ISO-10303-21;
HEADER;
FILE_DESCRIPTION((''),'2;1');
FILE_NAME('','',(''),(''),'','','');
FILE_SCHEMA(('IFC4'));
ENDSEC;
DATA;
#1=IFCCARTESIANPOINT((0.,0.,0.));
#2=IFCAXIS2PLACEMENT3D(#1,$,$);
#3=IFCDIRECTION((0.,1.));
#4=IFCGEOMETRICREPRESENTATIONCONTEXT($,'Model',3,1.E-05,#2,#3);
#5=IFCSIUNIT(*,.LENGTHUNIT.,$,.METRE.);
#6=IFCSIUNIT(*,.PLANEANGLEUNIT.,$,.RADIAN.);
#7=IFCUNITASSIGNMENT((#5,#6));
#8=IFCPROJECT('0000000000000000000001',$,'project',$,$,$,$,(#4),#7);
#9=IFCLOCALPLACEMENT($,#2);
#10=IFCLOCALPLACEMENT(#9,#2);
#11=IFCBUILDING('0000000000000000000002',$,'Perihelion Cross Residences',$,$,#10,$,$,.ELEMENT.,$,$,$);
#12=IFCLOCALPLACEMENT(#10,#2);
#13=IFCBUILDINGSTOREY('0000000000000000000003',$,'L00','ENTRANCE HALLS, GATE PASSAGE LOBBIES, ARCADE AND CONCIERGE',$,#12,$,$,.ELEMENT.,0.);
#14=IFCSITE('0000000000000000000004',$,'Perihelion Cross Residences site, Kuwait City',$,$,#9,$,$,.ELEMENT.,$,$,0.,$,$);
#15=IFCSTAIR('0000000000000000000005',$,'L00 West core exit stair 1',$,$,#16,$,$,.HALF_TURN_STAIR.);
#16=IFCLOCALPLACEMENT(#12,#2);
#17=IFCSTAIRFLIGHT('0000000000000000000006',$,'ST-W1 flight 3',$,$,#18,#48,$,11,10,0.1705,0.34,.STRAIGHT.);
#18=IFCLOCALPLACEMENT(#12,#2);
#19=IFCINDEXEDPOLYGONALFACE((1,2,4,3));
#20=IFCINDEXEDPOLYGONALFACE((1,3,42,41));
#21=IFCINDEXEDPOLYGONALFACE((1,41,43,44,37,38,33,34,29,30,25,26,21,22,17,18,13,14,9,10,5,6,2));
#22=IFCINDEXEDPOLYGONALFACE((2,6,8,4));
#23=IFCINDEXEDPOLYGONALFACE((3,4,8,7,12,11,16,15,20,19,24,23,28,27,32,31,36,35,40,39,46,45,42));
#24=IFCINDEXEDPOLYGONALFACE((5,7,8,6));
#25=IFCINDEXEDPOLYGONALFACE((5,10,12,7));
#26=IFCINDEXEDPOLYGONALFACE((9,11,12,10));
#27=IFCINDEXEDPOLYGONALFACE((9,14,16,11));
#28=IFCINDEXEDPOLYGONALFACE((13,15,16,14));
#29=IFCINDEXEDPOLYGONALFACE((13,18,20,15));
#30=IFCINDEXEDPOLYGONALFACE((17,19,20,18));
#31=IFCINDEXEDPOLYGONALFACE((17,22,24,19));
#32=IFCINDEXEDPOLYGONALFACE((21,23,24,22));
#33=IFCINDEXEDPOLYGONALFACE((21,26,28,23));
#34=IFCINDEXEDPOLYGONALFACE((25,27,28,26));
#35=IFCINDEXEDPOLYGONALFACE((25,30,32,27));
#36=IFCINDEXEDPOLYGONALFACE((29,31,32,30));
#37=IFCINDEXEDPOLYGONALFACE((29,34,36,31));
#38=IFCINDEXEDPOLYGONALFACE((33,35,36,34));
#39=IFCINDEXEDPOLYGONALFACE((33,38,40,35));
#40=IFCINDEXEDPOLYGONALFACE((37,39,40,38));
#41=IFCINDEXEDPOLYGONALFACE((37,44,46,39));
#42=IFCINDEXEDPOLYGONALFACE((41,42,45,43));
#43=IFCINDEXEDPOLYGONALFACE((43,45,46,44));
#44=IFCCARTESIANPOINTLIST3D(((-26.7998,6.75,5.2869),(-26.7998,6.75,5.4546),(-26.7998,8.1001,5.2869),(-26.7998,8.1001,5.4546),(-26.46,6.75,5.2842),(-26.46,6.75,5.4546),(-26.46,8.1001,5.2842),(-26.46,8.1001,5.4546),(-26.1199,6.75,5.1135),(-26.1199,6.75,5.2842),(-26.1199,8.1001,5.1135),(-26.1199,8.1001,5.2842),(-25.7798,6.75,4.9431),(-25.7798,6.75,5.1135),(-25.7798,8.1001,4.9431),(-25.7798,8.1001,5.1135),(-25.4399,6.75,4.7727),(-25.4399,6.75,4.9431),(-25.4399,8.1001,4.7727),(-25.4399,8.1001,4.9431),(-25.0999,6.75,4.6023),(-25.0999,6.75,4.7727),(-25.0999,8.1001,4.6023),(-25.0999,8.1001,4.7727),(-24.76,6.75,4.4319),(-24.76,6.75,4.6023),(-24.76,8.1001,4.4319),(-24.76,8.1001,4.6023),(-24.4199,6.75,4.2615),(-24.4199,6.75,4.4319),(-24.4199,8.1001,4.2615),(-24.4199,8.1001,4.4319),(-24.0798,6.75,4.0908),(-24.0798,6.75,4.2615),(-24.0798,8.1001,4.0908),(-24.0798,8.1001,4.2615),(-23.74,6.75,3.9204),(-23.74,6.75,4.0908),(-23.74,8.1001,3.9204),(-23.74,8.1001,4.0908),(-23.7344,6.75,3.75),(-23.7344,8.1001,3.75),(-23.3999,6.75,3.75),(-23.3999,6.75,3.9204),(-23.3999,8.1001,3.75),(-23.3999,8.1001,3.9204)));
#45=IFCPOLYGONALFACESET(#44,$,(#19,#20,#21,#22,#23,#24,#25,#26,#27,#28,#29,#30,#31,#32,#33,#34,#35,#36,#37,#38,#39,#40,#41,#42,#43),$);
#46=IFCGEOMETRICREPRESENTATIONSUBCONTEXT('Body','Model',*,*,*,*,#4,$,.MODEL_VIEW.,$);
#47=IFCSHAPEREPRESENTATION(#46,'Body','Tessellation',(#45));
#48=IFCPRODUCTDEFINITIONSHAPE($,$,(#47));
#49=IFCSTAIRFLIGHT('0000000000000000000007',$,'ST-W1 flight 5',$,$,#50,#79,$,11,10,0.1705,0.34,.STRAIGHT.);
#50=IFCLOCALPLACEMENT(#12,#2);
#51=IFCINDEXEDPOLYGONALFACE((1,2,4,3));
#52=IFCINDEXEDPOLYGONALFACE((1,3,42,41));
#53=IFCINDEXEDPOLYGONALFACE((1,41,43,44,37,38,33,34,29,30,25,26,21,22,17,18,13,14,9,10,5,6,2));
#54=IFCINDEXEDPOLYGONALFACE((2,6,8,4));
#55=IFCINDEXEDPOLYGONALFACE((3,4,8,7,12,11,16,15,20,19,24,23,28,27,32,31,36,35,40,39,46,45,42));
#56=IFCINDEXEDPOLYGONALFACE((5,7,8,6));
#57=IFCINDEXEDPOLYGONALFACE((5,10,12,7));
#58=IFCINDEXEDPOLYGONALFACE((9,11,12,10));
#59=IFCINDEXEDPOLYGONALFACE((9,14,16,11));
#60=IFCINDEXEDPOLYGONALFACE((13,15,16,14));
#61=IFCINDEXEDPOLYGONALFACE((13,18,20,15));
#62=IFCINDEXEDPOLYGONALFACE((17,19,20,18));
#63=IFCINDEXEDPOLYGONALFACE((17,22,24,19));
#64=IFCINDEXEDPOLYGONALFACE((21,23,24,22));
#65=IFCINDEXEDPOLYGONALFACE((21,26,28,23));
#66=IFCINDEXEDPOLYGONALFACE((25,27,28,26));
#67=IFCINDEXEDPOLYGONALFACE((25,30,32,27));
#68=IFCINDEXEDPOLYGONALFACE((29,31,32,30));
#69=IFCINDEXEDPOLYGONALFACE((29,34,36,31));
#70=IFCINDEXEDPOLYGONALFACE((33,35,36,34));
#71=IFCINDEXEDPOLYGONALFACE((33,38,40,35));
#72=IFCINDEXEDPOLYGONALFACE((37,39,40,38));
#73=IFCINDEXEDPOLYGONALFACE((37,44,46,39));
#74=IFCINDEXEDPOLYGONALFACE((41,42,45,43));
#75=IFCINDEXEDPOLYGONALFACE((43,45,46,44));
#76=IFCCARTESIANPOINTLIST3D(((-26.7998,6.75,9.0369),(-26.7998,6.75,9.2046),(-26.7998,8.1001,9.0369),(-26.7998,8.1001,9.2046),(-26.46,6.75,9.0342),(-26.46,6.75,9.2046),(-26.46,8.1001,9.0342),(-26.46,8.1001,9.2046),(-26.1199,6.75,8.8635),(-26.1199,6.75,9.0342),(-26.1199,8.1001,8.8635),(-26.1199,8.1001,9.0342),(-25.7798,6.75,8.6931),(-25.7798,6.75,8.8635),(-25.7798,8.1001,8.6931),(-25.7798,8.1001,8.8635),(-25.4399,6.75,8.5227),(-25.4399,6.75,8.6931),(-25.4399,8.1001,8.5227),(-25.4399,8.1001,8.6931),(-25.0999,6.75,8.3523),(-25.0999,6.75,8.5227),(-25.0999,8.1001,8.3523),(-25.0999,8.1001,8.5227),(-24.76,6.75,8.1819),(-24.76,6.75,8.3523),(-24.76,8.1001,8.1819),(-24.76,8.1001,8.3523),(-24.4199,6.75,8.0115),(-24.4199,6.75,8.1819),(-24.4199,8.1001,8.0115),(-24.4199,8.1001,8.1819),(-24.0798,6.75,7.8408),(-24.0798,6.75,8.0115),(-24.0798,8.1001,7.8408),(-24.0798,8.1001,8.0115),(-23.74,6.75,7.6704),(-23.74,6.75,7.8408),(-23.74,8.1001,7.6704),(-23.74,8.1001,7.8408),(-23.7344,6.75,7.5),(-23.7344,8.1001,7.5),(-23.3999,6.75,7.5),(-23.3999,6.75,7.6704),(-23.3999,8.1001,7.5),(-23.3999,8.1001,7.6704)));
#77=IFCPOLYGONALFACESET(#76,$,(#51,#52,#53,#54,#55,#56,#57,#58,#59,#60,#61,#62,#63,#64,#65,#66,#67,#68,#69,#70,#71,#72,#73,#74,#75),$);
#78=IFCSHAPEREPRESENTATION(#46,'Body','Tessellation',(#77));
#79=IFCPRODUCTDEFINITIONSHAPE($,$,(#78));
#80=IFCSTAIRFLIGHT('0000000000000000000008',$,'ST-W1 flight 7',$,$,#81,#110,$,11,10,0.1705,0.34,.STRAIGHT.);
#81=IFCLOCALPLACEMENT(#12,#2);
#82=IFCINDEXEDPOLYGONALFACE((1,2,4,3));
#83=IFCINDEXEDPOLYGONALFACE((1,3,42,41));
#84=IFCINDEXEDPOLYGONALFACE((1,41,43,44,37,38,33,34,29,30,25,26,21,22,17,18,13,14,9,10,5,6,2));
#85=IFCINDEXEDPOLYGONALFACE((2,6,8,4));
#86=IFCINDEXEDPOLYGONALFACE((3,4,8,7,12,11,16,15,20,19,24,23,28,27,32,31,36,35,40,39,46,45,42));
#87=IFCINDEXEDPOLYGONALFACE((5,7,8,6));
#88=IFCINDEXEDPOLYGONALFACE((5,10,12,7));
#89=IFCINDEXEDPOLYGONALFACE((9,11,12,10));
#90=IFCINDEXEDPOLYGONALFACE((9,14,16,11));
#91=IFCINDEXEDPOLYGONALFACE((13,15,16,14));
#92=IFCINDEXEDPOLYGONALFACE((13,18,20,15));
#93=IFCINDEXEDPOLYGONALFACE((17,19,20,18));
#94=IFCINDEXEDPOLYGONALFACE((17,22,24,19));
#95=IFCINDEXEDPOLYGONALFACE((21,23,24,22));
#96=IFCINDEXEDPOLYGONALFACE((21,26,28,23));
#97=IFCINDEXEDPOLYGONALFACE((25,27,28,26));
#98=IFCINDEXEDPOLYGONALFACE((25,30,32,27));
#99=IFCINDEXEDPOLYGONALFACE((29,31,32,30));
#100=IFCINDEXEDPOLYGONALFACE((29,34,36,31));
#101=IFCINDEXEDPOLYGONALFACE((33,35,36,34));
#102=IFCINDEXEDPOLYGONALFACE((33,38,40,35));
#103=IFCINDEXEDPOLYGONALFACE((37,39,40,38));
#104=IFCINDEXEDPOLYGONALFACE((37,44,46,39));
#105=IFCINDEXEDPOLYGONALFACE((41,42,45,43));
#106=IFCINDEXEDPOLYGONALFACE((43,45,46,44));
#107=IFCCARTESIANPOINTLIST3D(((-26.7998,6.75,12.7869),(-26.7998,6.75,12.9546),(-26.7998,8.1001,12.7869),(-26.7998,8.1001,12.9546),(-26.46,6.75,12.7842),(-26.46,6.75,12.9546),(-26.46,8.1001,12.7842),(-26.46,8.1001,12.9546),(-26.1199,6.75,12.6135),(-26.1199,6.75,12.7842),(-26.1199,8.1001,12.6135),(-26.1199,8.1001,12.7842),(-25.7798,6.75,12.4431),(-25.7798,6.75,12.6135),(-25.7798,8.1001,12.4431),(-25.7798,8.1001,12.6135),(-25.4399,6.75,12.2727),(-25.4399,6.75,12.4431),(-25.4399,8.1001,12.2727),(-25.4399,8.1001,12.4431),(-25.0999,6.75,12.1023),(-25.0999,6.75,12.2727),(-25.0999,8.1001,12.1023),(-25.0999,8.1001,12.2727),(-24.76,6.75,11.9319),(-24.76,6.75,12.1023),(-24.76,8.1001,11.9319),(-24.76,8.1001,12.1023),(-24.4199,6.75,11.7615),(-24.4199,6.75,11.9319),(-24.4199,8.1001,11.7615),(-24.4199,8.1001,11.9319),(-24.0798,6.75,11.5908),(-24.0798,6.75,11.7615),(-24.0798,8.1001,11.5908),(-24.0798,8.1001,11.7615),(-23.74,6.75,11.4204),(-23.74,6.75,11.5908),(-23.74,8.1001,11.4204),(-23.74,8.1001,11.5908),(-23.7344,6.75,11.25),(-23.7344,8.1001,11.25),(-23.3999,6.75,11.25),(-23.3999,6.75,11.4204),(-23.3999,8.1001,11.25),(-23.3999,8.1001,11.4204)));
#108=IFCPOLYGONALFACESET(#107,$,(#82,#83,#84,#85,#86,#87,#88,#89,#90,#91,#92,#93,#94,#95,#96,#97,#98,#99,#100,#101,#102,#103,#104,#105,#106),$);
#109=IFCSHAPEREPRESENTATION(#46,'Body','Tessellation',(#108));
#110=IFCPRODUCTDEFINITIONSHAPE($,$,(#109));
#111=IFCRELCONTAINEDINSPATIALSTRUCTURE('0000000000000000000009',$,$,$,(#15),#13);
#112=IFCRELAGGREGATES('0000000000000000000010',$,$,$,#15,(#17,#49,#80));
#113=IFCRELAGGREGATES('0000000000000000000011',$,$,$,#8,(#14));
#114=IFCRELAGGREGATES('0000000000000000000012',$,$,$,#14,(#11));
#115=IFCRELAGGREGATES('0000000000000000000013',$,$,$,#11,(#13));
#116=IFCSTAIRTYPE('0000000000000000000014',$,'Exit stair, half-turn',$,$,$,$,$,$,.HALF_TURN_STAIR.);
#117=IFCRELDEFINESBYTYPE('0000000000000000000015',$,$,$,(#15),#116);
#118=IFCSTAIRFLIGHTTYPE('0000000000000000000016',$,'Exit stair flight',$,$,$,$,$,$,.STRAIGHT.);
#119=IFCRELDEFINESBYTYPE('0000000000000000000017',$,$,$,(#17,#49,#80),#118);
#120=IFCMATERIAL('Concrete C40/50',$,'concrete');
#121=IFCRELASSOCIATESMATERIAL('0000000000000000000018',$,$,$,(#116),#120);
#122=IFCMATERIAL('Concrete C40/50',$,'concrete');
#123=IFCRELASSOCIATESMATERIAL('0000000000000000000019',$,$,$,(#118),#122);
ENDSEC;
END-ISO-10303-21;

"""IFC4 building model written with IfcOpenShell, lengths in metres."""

from ifc_helpers import new_model, si_unit, direction, frame, origin, place, context, subcontext, project, spatial, polyline, outline, extrude, material, type_object, element, aggregate, save


model = new_model("IFC4")

# Units and contexts
model_context = context("Model", 3, precision=1e-05, world=origin(), true_north=direction((0.0, 1.0)))
body_context = subcontext(model_context, "Body", "Model", "MODEL_VIEW")
ifc_project = project(units=[si_unit("LENGTHUNIT", "METRE"), si_unit("PLANEANGLEUNIT", "RADIAN")], contexts=[model_context])

# Site, building, storey
site_placement = place(None, origin())
site = spatial("IfcSite", under=ifc_project, at=site_placement, Name="Perihelion Cross Residences site, Kuwait City", CompositionType="ELEMENT", RefElevation=0.0)
building_placement = place(site_placement, origin())
building = spatial("IfcBuilding", under=site, at=building_placement, Name="Perihelion Cross Residences", CompositionType="ELEMENT")
storey_placement = place(building_placement, origin())
storey = spatial("IfcBuildingStorey", under=building, at=storey_placement, Name="L00", Description="ENTRANCE HALLS, GATE PASSAGE LOBBIES, ARCADE AND CONCIERGE", CompositionType="ELEMENT", Elevation=0.0)

# Stair, stair flights
ifc_material_1 = material(Name="Concrete C40/50", Category="concrete")
stair_type = type_object("IfcStairType", Name="Exit stair, half-turn", PredefinedType="HALF_TURN_STAIR", material=ifc_material_1)
stair_placement = place(storey_placement, origin())
stair = element("IfcStair", 1, at=stair_placement, inside=storey, type_object=stair_type, Name="L00 West core exit stair 1", PredefinedType="HALF_TURN_STAIR")
ifc_material_2 = material(Name="Concrete C40/50", Category="concrete")
stair_flight_type = type_object("IfcStairFlightType", Name="Exit stair flight", PredefinedType="STRAIGHT", material=ifc_material_2)
stair_flight_1_placement = place(storey_placement, frame((-23.3999, 7.425, 3.75), z_axis=(0.0, 0.0, 1.0), x_axis=(-1.0, 0.0, 0.0)))
stair_flight_1 = element("IfcStairFlight", 2, at=stair_flight_1_placement, type_object=stair_flight_type, Name="ST-W1 flight 3", NumberOfRisers=11, NumberOfTreads=10, PredefinedType="STRAIGHT", RiserHeight=0.1705, TreadLength=0.34, context=body_context, shape_type="SweptSolid", body=[
    extrude(outline(polyline([(0.0, 0.0), (0.0, 0.1704), (0.3401, 0.1704), (0.3401, 0.3408), (0.6799, 0.3408), (0.6799, 0.5115), (1.02, 0.5115), (1.02, 0.6819), (1.3601, 0.6819), (1.3601, 0.8523), (1.7, 0.8523), (1.7, 1.0227), (2.04, 1.0227), (2.04, 1.1931), (2.3799, 1.1931), (2.3799, 1.3635), (2.72, 1.3635), (2.72, 1.5342), (3.0601, 1.5342), (3.0601, 1.7046), (3.3999, 1.7046), (3.3999, 1.875), (3.3999, 1.5369), (0.3345, 0.0), (0.0, 0.0)])), frame((0.0, 0.675, 0.0), z_axis=(0.0, -1.0, 0.0), x_axis=(1.0, 0.0, 0.0)), (0.0, 0.0, 1.0), 1.3501),
])
stair_flight_2_placement = place(storey_placement, frame((-23.3999, 7.425, 7.5), z_axis=(0.0, 0.0, 1.0), x_axis=(-1.0, 0.0, 0.0)))
stair_flight_2 = element("IfcStairFlight", 3, at=stair_flight_2_placement, type_object=stair_flight_type, Name="ST-W1 flight 5", NumberOfRisers=11, NumberOfTreads=10, PredefinedType="STRAIGHT", RiserHeight=0.1705, TreadLength=0.34, context=body_context, shape_type="SweptSolid", body=[
    extrude(outline(polyline([(0.0, 0.0), (0.0, 0.1704), (0.3401, 0.1704), (0.3401, 0.3408), (0.6799, 0.3408), (0.6799, 0.5115), (1.02, 0.5115), (1.02, 0.6819), (1.3601, 0.6819), (1.3601, 0.8523), (1.7, 0.8523), (1.7, 1.0227), (2.04, 1.0227), (2.04, 1.1931), (2.3799, 1.1931), (2.3799, 1.3635), (2.72, 1.3635), (2.72, 1.5342), (3.0601, 1.5342), (3.0601, 1.7046), (3.3999, 1.7046), (3.3999, 1.875), (3.3999, 1.5369), (0.3345, 0.0), (0.0, 0.0)])), frame((0.0, 0.675, 0.0), z_axis=(0.0, -1.0, 0.0), x_axis=(1.0, 0.0, 0.0)), (0.0, 0.0, 1.0), 1.3501),
])
stair_flight_3_placement = place(storey_placement, frame((-23.3999, 7.425, 11.25), z_axis=(0.0, 0.0, 1.0), x_axis=(-1.0, 0.0, 0.0)))
stair_flight_3 = element("IfcStairFlight", 4, at=stair_flight_3_placement, type_object=stair_flight_type, Name="ST-W1 flight 7", NumberOfRisers=11, NumberOfTreads=10, PredefinedType="STRAIGHT", RiserHeight=0.1705, TreadLength=0.34, context=body_context, shape_type="SweptSolid", body=[
    extrude(outline(polyline([(0.0, 0.0), (0.0, 0.1704), (0.3401, 0.1704), (0.3401, 0.3408), (0.6799, 0.3408), (0.6799, 0.5115), (1.02, 0.5115), (1.02, 0.6819), (1.3601, 0.6819), (1.3601, 0.8523), (1.7, 0.8523), (1.7, 1.0227), (2.04, 1.0227), (2.04, 1.1931), (2.3799, 1.1931), (2.3799, 1.3635), (2.72, 1.3635), (2.72, 1.5342), (3.0601, 1.5342), (3.0601, 1.7046), (3.3999, 1.7046), (3.3999, 1.875), (3.3999, 1.5369), (0.3345, 0.0), (0.0, 0.0)])), frame((0.0, 0.675, 0.0), z_axis=(0.0, -1.0, 0.0), x_axis=(1.0, 0.0, 0.0)), (0.0, 0.0, 1.0), 1.3501),
])
aggregate(stair, [stair_flight_1, stair_flight_2, stair_flight_3])

save(model, "model.ifc")
